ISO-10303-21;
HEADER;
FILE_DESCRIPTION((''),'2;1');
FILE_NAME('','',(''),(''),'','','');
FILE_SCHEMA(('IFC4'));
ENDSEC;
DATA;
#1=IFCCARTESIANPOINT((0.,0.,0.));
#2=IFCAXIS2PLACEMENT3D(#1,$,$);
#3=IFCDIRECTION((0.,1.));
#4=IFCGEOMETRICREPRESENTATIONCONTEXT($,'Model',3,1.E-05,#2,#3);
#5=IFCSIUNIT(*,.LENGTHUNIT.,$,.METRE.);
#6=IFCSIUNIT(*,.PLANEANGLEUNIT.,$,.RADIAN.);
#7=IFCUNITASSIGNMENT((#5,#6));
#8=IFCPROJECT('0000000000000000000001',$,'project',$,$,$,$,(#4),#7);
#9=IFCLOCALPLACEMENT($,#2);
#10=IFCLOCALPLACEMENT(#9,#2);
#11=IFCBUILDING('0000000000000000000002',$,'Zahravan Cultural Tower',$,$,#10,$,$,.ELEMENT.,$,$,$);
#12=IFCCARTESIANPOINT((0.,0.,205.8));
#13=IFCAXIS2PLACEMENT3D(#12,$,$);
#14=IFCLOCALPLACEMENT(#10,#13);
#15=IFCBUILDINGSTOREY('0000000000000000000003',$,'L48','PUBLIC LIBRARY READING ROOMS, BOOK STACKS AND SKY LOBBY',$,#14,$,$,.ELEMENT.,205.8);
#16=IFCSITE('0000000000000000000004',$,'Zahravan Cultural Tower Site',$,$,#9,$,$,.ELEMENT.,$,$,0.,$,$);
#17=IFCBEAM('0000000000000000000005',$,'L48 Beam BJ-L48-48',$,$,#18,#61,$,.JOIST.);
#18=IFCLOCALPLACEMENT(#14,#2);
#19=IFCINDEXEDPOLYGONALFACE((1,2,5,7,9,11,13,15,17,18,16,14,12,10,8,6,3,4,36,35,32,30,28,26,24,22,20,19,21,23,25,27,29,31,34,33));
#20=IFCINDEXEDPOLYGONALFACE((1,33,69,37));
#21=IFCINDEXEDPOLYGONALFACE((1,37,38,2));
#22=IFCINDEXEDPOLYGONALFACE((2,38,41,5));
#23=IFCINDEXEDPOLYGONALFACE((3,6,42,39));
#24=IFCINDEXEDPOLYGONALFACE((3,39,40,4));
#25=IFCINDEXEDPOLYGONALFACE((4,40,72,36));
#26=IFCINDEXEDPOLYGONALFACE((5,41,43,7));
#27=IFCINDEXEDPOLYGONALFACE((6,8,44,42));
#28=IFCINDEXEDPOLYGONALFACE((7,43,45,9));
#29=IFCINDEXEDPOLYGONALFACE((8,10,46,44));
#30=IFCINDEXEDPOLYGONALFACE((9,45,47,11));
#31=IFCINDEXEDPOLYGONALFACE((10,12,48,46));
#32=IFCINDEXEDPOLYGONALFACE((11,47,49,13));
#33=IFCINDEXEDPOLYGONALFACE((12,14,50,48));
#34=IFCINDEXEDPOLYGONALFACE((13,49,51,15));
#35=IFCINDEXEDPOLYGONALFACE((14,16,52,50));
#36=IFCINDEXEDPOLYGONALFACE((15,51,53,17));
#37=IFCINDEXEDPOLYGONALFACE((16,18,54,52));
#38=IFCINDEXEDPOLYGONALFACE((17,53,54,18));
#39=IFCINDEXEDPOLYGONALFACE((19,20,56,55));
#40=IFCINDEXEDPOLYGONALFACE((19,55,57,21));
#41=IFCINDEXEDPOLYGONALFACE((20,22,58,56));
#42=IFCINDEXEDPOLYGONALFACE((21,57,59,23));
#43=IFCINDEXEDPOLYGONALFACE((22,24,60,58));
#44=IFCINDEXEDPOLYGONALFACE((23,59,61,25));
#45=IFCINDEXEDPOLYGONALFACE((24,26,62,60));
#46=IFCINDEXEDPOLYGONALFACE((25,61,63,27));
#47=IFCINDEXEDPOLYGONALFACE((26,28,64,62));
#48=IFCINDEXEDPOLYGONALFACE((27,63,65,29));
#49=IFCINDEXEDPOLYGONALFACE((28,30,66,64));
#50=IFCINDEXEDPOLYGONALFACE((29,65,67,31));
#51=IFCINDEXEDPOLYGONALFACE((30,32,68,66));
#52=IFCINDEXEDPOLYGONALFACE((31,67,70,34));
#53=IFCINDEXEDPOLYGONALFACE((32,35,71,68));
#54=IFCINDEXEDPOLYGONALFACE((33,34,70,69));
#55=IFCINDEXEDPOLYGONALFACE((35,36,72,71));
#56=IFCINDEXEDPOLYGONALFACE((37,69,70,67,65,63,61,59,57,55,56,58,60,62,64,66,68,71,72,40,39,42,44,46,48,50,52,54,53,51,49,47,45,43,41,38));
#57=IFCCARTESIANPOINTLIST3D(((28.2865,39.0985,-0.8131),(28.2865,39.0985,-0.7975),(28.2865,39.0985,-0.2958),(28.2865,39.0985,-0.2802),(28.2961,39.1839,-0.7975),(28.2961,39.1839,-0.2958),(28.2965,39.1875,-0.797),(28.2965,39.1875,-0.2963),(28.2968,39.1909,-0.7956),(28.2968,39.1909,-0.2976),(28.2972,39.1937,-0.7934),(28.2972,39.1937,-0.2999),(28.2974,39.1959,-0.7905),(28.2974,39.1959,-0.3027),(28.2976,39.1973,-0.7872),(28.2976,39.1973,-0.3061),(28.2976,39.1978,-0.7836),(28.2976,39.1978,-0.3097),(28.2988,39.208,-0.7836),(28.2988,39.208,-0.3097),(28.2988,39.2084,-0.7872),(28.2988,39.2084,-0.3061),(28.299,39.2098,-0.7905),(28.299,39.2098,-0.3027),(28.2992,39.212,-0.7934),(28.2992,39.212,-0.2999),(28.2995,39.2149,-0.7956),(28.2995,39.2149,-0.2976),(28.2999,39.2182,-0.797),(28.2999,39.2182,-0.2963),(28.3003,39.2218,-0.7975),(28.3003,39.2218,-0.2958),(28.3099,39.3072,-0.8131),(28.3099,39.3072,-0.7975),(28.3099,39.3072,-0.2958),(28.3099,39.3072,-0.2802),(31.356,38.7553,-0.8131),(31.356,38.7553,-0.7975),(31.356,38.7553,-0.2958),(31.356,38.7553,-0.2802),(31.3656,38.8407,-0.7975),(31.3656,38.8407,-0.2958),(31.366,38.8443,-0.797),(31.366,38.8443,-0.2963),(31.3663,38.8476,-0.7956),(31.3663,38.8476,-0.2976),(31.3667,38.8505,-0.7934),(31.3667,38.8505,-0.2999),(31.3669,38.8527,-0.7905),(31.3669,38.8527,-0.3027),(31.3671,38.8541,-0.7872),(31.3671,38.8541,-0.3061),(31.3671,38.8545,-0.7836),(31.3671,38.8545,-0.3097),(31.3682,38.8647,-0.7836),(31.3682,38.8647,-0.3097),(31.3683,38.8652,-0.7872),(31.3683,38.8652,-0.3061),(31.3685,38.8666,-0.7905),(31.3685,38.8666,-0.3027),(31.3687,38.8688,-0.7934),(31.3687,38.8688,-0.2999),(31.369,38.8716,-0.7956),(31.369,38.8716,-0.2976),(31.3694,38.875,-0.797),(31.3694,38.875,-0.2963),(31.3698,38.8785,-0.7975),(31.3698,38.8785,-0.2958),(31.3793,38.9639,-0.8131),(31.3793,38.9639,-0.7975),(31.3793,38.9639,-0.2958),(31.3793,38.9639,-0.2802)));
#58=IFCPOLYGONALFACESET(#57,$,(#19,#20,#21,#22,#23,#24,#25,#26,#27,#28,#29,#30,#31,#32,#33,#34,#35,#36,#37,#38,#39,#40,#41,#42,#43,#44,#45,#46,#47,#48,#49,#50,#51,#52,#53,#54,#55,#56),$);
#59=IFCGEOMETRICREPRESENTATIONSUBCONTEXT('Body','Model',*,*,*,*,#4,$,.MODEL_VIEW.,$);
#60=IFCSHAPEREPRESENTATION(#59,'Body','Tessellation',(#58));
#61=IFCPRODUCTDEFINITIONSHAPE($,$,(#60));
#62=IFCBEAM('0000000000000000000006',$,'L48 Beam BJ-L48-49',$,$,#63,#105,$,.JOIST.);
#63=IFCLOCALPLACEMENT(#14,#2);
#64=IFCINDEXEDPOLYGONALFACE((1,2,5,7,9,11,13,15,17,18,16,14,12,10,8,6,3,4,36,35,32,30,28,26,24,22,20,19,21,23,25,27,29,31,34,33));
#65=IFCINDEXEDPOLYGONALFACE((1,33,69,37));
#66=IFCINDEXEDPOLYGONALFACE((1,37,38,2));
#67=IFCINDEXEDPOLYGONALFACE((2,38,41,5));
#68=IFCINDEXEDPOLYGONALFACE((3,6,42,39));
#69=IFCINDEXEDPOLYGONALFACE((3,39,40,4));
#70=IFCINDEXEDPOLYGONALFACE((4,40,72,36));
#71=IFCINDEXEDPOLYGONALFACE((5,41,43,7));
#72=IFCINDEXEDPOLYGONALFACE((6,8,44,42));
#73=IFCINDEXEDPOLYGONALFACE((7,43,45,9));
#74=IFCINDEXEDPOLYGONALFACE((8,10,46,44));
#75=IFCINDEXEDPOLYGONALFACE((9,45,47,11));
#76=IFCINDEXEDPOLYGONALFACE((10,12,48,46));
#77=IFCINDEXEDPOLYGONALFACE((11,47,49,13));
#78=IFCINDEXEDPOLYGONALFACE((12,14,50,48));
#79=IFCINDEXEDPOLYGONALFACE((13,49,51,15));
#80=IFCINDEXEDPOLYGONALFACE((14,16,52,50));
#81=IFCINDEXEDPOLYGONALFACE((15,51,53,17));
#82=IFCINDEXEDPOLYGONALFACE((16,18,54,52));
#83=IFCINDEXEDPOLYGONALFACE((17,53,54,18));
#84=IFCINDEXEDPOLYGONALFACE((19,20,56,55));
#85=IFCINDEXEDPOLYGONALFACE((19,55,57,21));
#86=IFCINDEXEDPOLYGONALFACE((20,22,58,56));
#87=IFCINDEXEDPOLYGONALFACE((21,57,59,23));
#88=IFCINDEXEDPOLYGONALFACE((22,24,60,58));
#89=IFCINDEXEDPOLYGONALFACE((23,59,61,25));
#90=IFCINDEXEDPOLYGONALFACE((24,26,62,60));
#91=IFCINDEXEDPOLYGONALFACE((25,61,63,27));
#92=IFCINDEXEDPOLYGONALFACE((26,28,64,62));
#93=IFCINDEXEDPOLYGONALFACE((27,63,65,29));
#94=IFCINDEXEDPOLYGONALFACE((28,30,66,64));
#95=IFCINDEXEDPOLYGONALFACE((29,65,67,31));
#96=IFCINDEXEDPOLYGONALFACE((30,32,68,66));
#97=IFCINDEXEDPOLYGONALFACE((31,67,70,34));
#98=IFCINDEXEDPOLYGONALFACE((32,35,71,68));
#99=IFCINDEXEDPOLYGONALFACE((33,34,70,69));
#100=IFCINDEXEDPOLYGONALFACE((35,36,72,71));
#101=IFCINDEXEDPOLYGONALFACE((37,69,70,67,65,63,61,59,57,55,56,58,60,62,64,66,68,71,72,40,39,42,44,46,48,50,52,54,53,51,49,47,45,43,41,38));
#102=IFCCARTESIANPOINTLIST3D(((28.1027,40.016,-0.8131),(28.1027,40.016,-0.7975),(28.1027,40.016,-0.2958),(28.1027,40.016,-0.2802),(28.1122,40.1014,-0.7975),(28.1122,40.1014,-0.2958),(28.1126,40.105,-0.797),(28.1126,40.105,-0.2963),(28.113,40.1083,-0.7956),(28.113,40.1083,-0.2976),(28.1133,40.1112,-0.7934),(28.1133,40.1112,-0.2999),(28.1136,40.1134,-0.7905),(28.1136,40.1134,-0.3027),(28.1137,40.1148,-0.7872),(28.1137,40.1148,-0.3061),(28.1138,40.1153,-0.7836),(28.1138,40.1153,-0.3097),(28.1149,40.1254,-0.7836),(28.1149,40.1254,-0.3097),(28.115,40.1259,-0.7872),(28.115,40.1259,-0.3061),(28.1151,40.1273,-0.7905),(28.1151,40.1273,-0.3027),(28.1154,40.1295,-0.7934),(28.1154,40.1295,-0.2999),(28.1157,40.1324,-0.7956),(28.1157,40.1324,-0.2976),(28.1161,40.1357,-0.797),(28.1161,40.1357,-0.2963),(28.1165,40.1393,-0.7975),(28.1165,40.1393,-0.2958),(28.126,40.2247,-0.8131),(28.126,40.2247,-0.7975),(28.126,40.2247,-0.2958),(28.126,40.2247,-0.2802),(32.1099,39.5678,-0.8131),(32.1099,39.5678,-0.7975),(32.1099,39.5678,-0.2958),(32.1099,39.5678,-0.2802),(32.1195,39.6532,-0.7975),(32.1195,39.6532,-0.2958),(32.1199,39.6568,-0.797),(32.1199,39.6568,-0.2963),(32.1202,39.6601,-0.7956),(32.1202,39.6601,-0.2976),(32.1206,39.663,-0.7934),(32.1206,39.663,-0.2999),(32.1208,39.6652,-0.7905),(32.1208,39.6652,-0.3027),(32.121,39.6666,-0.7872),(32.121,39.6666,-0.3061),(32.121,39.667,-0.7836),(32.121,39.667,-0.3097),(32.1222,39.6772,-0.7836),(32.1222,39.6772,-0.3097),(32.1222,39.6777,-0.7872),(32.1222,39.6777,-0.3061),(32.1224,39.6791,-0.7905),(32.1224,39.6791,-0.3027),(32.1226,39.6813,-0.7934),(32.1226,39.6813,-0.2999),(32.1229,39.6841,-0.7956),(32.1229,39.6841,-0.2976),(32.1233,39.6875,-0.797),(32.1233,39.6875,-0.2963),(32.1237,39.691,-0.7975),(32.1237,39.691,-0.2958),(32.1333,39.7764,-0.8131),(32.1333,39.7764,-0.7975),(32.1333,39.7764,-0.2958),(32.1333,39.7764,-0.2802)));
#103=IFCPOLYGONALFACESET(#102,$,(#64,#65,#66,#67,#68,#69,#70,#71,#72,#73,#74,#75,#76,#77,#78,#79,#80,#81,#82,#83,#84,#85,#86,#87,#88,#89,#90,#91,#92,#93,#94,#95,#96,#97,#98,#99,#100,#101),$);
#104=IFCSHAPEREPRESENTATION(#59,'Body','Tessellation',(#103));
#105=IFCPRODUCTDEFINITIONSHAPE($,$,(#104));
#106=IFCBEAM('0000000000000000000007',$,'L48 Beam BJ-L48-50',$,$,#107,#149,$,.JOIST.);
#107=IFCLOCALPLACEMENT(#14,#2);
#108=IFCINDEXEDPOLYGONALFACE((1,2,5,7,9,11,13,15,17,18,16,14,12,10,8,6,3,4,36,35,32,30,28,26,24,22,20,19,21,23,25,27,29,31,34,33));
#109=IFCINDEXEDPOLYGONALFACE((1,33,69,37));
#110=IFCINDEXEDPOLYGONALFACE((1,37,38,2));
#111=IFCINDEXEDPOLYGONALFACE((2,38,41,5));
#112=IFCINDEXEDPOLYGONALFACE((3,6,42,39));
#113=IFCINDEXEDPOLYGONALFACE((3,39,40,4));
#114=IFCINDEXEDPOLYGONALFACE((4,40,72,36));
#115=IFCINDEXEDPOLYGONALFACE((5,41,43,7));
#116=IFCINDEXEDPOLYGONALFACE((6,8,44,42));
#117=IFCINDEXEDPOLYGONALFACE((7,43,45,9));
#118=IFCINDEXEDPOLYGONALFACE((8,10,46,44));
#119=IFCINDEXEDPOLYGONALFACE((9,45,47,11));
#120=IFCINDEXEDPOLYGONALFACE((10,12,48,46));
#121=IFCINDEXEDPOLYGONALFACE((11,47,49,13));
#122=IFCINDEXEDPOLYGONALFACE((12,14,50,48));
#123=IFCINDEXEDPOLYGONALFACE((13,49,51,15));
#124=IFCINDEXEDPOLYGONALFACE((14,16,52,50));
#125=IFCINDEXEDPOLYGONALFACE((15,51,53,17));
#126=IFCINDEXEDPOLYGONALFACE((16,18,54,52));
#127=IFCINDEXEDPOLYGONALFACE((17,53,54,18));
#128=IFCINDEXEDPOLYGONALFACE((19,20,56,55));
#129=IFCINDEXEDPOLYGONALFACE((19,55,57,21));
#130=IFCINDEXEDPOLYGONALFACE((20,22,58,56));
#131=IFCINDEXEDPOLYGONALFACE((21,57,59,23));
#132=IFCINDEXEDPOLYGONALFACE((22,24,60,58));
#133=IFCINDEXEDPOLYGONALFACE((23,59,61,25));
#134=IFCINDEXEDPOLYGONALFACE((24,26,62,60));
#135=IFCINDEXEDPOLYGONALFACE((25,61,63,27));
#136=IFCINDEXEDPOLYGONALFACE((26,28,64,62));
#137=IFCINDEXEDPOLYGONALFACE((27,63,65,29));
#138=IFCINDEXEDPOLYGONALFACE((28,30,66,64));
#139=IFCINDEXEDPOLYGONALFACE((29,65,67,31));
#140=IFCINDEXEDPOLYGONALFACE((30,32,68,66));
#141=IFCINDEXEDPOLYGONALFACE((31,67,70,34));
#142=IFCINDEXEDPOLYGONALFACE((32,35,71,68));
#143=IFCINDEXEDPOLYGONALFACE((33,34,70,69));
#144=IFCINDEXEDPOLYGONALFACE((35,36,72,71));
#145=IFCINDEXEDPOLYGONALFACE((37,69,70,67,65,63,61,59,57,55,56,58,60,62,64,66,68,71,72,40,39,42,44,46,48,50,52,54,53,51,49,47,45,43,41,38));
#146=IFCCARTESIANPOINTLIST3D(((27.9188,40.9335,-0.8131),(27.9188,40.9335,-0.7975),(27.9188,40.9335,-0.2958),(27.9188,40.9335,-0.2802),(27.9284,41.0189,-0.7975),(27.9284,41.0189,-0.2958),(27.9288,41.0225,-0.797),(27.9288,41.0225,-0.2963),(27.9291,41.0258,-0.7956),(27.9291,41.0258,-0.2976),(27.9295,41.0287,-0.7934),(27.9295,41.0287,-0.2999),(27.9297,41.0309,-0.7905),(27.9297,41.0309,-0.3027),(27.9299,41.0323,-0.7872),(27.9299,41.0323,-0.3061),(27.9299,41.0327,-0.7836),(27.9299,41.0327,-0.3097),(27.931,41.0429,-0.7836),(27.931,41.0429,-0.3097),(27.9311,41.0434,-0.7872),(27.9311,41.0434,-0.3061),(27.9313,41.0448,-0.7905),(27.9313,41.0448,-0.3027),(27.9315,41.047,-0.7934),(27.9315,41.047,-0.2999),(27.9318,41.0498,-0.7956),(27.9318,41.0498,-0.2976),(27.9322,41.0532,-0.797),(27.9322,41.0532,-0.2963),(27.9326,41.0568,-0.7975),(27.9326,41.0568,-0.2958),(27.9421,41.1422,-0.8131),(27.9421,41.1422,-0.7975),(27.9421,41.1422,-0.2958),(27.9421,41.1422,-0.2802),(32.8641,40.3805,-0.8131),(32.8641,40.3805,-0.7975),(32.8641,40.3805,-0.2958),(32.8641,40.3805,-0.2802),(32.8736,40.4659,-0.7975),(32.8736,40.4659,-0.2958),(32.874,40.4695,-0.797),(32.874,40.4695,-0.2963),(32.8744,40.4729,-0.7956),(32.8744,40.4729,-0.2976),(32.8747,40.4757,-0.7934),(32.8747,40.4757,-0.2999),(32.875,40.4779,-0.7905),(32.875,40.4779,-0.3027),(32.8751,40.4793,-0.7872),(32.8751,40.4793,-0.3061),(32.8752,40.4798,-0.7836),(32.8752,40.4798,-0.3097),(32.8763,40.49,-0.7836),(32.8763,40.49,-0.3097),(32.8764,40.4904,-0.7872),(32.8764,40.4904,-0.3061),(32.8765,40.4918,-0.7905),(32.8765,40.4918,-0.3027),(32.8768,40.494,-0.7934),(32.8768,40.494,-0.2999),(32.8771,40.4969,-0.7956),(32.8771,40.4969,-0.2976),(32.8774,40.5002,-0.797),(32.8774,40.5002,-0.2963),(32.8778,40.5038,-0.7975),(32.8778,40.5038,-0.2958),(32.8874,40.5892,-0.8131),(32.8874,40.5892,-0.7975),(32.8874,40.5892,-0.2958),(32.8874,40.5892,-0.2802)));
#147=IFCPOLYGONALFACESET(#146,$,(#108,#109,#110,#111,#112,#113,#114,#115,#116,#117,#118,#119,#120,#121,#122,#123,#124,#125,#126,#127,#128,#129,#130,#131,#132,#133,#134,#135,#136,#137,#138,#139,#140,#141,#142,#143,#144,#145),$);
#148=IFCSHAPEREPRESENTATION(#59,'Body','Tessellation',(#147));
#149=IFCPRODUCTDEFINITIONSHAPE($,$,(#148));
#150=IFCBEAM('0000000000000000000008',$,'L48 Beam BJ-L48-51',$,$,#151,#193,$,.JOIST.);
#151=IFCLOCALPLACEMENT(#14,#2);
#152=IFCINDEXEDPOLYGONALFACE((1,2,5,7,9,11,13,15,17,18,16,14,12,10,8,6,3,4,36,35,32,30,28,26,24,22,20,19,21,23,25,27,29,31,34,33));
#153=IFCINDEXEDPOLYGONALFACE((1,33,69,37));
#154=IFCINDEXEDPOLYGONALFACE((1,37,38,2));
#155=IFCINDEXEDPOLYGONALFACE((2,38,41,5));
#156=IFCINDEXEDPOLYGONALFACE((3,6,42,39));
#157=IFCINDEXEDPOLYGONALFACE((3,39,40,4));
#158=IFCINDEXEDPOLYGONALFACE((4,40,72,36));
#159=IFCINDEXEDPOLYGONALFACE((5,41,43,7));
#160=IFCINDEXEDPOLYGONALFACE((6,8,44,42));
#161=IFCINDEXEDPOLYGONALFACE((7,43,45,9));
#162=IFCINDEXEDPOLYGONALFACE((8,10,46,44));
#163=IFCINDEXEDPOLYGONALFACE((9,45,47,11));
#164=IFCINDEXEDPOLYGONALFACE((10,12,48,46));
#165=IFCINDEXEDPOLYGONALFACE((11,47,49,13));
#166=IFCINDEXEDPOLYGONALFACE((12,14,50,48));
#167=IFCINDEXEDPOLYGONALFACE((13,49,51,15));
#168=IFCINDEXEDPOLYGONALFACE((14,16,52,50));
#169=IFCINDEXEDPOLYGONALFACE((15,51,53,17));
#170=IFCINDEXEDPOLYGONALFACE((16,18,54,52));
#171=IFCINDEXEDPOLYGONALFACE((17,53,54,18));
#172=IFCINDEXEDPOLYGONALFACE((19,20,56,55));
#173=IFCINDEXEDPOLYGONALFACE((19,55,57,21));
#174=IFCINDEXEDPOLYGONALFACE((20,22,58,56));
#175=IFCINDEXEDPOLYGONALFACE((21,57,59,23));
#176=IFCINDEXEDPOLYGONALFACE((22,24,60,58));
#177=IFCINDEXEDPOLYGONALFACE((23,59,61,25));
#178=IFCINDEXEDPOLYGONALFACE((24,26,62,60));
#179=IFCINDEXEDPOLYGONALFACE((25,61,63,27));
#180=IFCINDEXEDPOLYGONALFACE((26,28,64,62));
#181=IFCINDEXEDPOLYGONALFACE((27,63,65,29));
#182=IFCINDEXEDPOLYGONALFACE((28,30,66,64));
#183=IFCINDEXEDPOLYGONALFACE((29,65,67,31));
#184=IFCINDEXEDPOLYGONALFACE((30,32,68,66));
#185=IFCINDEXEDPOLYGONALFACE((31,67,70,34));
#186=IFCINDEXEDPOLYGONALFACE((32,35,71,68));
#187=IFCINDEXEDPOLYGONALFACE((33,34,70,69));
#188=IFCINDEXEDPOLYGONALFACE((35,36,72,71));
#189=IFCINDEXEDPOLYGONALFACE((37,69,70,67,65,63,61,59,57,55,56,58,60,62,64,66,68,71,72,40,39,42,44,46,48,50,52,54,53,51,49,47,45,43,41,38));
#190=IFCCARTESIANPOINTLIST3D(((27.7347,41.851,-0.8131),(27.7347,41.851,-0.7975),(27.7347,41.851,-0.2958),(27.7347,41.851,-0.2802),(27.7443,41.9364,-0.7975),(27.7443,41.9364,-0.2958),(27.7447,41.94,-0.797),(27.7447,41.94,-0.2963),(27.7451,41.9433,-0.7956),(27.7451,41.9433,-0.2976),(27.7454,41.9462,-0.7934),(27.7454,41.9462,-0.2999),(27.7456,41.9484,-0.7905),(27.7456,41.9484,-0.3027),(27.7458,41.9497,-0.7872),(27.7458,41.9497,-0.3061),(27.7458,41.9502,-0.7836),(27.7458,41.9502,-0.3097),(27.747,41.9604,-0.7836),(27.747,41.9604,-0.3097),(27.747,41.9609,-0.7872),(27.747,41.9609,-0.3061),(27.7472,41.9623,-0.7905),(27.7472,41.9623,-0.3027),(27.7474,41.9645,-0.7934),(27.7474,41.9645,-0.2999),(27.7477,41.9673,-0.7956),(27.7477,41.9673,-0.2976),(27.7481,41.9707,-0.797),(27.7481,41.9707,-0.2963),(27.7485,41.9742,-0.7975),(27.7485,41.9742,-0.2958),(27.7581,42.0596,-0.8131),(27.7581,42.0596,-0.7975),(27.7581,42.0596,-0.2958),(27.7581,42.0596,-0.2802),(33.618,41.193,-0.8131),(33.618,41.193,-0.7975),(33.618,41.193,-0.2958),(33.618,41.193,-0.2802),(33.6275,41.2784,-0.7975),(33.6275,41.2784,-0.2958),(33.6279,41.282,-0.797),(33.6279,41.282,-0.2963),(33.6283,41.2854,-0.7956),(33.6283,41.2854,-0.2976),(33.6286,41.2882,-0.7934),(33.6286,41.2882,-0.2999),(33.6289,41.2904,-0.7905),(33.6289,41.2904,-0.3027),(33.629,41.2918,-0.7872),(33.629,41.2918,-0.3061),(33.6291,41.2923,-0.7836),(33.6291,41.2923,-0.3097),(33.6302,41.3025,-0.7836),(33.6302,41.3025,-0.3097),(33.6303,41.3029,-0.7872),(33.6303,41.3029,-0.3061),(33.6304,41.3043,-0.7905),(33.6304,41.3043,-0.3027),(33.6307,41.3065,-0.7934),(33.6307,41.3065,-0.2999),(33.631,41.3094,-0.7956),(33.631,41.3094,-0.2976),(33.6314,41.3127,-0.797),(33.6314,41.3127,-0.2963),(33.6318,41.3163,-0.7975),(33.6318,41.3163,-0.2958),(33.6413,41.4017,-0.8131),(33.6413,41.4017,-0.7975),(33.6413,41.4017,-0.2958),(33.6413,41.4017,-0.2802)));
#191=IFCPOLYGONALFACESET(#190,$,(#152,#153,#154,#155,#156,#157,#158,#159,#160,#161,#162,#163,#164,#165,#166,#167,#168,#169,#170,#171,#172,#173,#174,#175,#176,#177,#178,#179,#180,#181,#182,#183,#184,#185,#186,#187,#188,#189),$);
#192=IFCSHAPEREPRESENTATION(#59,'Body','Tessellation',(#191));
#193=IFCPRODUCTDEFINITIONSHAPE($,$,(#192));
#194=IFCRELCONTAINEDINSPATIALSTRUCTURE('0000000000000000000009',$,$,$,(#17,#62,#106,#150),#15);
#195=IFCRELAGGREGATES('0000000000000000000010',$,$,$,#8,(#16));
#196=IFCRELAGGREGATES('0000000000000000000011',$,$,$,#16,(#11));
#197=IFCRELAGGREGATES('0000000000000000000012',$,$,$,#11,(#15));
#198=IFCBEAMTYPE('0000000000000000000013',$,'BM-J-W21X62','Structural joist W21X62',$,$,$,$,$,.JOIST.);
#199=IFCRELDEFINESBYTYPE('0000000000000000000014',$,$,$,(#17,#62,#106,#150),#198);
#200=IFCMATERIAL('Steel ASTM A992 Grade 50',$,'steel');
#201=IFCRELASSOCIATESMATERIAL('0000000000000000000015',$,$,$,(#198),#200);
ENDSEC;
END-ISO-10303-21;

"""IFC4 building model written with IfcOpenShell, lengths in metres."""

from ifc_helpers import new_model, si_unit, direction, frame, origin, origin_2d, place, context, subcontext, project, spatial, i_section, extrude, source, transform, mapped, material, material_profile, profile_set, type_object, element, save


model = new_model("IFC4")

# Units and contexts
model_context = context("Model", 3, precision=1e-05, world=origin(), true_north=direction((0.0, 1.0)))
body_context = subcontext(model_context, "Body", "Model", "MODEL_VIEW")
ifc_project = project(units=[si_unit("LENGTHUNIT", "METRE"), si_unit("PLANEANGLEUNIT", "RADIAN")], contexts=[model_context])

# Site, building, storey
site_placement = place(None, origin())
site = spatial("IfcSite", under=ifc_project, at=site_placement, Name="Zahravan Cultural Tower Site", CompositionType="ELEMENT", RefElevation=0.0)
building_placement = place(site_placement, origin())
building = spatial("IfcBuilding", under=site, at=building_placement, Name="Zahravan Cultural Tower", CompositionType="ELEMENT")
storey_placement = place(building_placement, frame((0.0, 0.0, 205.8)))
storey = spatial("IfcBuildingStorey", under=building, at=storey_placement, Name="L48", Description="PUBLIC LIBRARY READING ROOMS, BOOK STACKS AND SKY LOBBY", CompositionType="ELEMENT", Elevation=205.8)

# Beams
ifc_material_1 = material(Name="Steel ASTM A992 Grade 50", Category="steel")
ifc_material_profile_1 = material_profile(ifc_material_1, i_section(OverallWidth=0.21, OverallDepth=0.533, WebThickness=0.0103, FlangeThickness=0.0156, FilletRadius=0.0139, at=origin_2d()), Name="W21X62")
ifc_profile_set_1 = profile_set([ifc_material_profile_1], Name="Steel ASTM A992 Grade 50")
beam_type_1 = type_object("IfcBeamType", Name="BM-J-W21X62", Description="Structural joist W21X62", PredefinedType="JOIST", material=ifc_profile_set_1)
shared_shape_1 = source(origin(), body_context, "Body", "SweptSolid", [
    extrude(i_section(OverallWidth=0.21, OverallDepth=0.533, WebThickness=0.0103, FlangeThickness=0.0156, FilletRadius=0.0139, at=origin_2d()), origin(), (0.0, 0.0, 1.0), 3.0886),
])
beam_1_placement = place(storey_placement, frame((31.3677, 38.8596, -0.5466), z_axis=(-0.993805, 0.111134, 0.0), x_axis=(-0.111134, -0.993805, 0.0)))
element("IfcBeam", 1, at=beam_1_placement, inside=storey, type_object=beam_type_1, Name="L48 Beam BJ-L48-48", PredefinedType="JOIST", context=body_context, shape_type="MappedRepresentation", body=[
    mapped(shared_shape_1, transform((0.0, 0.0, 0.0), x_axis=(1.0, 0.0, 0.0), y_axis=(0.0, 1.0, 0.0), z_axis=(0.0, 0.0, 1.0), scale=1.0)),
])
shared_shape_2 = source(origin(), body_context, "Body", "SweptSolid", [
    extrude(i_section(OverallWidth=0.21, OverallDepth=0.533, WebThickness=0.0103, FlangeThickness=0.0156, FilletRadius=0.0139, at=origin_2d()), origin(), (0.0, 0.0, 1.0), 4.0322),
])
beam_2_placement = place(storey_placement, frame((32.1216, 39.6721, -0.5466), z_axis=(-0.993802, 0.111162, 0.0), x_axis=(-0.111162, -0.993802, 0.0)))
element("IfcBeam", 2, at=beam_2_placement, inside=storey, type_object=beam_type_1, Name="L48 Beam BJ-L48-49", PredefinedType="JOIST", context=body_context, shape_type="MappedRepresentation", body=[
    mapped(shared_shape_2, transform((0.0, 0.0, 0.0), x_axis=(1.0, 0.0, 0.0), y_axis=(0.0, 1.0, 0.0), z_axis=(0.0, 0.0, 1.0), scale=1.0)),
])
shared_shape_3 = source(origin(), body_context, "Body", "SweptSolid", [
    extrude(i_section(OverallWidth=0.21, OverallDepth=0.533, WebThickness=0.0103, FlangeThickness=0.0156, FilletRadius=0.0139, at=origin_2d()), origin(), (0.0, 0.0, 1.0), 4.9761),
])
beam_3_placement = place(storey_placement, frame((32.8757, 40.4849, -0.5466), z_axis=(-0.993806, 0.111126, 0.0), x_axis=(-0.111126, -0.993806, 0.0)))
element("IfcBeam", 3, at=beam_3_placement, inside=storey, type_object=beam_type_1, Name="L48 Beam BJ-L48-50", PredefinedType="JOIST", context=body_context, shape_type="MappedRepresentation", body=[
    mapped(shared_shape_3, transform((0.0, 0.0, 0.0), x_axis=(1.0, 0.0, 0.0), y_axis=(0.0, 1.0, 0.0), z_axis=(0.0, 0.0, 1.0), scale=1.0)),
])
shared_shape_4 = source(origin(), body_context, "Body", "SweptSolid", [
    extrude(i_section(OverallWidth=0.21, OverallDepth=0.533, WebThickness=0.0103, FlangeThickness=0.0156, FilletRadius=0.0139, at=origin_2d()), origin(), (0.0, 0.0, 1.0), 5.9199),
])
beam_4_placement = place(storey_placement, frame((33.6296, 41.2974, -0.5466), z_axis=(-0.993805, 0.111142, 0.0), x_axis=(-0.111142, -0.993805, 0.0)))
element("IfcBeam", 4, at=beam_4_placement, inside=storey, type_object=beam_type_1, Name="L48 Beam BJ-L48-51", PredefinedType="JOIST", context=body_context, shape_type="MappedRepresentation", body=[
    mapped(shared_shape_4, transform((0.0, 0.0, 0.0), x_axis=(1.0, 0.0, 0.0), y_axis=(0.0, 1.0, 0.0), z_axis=(0.0, 0.0, 1.0), scale=1.0)),
])

save(model, "model.ifc")
